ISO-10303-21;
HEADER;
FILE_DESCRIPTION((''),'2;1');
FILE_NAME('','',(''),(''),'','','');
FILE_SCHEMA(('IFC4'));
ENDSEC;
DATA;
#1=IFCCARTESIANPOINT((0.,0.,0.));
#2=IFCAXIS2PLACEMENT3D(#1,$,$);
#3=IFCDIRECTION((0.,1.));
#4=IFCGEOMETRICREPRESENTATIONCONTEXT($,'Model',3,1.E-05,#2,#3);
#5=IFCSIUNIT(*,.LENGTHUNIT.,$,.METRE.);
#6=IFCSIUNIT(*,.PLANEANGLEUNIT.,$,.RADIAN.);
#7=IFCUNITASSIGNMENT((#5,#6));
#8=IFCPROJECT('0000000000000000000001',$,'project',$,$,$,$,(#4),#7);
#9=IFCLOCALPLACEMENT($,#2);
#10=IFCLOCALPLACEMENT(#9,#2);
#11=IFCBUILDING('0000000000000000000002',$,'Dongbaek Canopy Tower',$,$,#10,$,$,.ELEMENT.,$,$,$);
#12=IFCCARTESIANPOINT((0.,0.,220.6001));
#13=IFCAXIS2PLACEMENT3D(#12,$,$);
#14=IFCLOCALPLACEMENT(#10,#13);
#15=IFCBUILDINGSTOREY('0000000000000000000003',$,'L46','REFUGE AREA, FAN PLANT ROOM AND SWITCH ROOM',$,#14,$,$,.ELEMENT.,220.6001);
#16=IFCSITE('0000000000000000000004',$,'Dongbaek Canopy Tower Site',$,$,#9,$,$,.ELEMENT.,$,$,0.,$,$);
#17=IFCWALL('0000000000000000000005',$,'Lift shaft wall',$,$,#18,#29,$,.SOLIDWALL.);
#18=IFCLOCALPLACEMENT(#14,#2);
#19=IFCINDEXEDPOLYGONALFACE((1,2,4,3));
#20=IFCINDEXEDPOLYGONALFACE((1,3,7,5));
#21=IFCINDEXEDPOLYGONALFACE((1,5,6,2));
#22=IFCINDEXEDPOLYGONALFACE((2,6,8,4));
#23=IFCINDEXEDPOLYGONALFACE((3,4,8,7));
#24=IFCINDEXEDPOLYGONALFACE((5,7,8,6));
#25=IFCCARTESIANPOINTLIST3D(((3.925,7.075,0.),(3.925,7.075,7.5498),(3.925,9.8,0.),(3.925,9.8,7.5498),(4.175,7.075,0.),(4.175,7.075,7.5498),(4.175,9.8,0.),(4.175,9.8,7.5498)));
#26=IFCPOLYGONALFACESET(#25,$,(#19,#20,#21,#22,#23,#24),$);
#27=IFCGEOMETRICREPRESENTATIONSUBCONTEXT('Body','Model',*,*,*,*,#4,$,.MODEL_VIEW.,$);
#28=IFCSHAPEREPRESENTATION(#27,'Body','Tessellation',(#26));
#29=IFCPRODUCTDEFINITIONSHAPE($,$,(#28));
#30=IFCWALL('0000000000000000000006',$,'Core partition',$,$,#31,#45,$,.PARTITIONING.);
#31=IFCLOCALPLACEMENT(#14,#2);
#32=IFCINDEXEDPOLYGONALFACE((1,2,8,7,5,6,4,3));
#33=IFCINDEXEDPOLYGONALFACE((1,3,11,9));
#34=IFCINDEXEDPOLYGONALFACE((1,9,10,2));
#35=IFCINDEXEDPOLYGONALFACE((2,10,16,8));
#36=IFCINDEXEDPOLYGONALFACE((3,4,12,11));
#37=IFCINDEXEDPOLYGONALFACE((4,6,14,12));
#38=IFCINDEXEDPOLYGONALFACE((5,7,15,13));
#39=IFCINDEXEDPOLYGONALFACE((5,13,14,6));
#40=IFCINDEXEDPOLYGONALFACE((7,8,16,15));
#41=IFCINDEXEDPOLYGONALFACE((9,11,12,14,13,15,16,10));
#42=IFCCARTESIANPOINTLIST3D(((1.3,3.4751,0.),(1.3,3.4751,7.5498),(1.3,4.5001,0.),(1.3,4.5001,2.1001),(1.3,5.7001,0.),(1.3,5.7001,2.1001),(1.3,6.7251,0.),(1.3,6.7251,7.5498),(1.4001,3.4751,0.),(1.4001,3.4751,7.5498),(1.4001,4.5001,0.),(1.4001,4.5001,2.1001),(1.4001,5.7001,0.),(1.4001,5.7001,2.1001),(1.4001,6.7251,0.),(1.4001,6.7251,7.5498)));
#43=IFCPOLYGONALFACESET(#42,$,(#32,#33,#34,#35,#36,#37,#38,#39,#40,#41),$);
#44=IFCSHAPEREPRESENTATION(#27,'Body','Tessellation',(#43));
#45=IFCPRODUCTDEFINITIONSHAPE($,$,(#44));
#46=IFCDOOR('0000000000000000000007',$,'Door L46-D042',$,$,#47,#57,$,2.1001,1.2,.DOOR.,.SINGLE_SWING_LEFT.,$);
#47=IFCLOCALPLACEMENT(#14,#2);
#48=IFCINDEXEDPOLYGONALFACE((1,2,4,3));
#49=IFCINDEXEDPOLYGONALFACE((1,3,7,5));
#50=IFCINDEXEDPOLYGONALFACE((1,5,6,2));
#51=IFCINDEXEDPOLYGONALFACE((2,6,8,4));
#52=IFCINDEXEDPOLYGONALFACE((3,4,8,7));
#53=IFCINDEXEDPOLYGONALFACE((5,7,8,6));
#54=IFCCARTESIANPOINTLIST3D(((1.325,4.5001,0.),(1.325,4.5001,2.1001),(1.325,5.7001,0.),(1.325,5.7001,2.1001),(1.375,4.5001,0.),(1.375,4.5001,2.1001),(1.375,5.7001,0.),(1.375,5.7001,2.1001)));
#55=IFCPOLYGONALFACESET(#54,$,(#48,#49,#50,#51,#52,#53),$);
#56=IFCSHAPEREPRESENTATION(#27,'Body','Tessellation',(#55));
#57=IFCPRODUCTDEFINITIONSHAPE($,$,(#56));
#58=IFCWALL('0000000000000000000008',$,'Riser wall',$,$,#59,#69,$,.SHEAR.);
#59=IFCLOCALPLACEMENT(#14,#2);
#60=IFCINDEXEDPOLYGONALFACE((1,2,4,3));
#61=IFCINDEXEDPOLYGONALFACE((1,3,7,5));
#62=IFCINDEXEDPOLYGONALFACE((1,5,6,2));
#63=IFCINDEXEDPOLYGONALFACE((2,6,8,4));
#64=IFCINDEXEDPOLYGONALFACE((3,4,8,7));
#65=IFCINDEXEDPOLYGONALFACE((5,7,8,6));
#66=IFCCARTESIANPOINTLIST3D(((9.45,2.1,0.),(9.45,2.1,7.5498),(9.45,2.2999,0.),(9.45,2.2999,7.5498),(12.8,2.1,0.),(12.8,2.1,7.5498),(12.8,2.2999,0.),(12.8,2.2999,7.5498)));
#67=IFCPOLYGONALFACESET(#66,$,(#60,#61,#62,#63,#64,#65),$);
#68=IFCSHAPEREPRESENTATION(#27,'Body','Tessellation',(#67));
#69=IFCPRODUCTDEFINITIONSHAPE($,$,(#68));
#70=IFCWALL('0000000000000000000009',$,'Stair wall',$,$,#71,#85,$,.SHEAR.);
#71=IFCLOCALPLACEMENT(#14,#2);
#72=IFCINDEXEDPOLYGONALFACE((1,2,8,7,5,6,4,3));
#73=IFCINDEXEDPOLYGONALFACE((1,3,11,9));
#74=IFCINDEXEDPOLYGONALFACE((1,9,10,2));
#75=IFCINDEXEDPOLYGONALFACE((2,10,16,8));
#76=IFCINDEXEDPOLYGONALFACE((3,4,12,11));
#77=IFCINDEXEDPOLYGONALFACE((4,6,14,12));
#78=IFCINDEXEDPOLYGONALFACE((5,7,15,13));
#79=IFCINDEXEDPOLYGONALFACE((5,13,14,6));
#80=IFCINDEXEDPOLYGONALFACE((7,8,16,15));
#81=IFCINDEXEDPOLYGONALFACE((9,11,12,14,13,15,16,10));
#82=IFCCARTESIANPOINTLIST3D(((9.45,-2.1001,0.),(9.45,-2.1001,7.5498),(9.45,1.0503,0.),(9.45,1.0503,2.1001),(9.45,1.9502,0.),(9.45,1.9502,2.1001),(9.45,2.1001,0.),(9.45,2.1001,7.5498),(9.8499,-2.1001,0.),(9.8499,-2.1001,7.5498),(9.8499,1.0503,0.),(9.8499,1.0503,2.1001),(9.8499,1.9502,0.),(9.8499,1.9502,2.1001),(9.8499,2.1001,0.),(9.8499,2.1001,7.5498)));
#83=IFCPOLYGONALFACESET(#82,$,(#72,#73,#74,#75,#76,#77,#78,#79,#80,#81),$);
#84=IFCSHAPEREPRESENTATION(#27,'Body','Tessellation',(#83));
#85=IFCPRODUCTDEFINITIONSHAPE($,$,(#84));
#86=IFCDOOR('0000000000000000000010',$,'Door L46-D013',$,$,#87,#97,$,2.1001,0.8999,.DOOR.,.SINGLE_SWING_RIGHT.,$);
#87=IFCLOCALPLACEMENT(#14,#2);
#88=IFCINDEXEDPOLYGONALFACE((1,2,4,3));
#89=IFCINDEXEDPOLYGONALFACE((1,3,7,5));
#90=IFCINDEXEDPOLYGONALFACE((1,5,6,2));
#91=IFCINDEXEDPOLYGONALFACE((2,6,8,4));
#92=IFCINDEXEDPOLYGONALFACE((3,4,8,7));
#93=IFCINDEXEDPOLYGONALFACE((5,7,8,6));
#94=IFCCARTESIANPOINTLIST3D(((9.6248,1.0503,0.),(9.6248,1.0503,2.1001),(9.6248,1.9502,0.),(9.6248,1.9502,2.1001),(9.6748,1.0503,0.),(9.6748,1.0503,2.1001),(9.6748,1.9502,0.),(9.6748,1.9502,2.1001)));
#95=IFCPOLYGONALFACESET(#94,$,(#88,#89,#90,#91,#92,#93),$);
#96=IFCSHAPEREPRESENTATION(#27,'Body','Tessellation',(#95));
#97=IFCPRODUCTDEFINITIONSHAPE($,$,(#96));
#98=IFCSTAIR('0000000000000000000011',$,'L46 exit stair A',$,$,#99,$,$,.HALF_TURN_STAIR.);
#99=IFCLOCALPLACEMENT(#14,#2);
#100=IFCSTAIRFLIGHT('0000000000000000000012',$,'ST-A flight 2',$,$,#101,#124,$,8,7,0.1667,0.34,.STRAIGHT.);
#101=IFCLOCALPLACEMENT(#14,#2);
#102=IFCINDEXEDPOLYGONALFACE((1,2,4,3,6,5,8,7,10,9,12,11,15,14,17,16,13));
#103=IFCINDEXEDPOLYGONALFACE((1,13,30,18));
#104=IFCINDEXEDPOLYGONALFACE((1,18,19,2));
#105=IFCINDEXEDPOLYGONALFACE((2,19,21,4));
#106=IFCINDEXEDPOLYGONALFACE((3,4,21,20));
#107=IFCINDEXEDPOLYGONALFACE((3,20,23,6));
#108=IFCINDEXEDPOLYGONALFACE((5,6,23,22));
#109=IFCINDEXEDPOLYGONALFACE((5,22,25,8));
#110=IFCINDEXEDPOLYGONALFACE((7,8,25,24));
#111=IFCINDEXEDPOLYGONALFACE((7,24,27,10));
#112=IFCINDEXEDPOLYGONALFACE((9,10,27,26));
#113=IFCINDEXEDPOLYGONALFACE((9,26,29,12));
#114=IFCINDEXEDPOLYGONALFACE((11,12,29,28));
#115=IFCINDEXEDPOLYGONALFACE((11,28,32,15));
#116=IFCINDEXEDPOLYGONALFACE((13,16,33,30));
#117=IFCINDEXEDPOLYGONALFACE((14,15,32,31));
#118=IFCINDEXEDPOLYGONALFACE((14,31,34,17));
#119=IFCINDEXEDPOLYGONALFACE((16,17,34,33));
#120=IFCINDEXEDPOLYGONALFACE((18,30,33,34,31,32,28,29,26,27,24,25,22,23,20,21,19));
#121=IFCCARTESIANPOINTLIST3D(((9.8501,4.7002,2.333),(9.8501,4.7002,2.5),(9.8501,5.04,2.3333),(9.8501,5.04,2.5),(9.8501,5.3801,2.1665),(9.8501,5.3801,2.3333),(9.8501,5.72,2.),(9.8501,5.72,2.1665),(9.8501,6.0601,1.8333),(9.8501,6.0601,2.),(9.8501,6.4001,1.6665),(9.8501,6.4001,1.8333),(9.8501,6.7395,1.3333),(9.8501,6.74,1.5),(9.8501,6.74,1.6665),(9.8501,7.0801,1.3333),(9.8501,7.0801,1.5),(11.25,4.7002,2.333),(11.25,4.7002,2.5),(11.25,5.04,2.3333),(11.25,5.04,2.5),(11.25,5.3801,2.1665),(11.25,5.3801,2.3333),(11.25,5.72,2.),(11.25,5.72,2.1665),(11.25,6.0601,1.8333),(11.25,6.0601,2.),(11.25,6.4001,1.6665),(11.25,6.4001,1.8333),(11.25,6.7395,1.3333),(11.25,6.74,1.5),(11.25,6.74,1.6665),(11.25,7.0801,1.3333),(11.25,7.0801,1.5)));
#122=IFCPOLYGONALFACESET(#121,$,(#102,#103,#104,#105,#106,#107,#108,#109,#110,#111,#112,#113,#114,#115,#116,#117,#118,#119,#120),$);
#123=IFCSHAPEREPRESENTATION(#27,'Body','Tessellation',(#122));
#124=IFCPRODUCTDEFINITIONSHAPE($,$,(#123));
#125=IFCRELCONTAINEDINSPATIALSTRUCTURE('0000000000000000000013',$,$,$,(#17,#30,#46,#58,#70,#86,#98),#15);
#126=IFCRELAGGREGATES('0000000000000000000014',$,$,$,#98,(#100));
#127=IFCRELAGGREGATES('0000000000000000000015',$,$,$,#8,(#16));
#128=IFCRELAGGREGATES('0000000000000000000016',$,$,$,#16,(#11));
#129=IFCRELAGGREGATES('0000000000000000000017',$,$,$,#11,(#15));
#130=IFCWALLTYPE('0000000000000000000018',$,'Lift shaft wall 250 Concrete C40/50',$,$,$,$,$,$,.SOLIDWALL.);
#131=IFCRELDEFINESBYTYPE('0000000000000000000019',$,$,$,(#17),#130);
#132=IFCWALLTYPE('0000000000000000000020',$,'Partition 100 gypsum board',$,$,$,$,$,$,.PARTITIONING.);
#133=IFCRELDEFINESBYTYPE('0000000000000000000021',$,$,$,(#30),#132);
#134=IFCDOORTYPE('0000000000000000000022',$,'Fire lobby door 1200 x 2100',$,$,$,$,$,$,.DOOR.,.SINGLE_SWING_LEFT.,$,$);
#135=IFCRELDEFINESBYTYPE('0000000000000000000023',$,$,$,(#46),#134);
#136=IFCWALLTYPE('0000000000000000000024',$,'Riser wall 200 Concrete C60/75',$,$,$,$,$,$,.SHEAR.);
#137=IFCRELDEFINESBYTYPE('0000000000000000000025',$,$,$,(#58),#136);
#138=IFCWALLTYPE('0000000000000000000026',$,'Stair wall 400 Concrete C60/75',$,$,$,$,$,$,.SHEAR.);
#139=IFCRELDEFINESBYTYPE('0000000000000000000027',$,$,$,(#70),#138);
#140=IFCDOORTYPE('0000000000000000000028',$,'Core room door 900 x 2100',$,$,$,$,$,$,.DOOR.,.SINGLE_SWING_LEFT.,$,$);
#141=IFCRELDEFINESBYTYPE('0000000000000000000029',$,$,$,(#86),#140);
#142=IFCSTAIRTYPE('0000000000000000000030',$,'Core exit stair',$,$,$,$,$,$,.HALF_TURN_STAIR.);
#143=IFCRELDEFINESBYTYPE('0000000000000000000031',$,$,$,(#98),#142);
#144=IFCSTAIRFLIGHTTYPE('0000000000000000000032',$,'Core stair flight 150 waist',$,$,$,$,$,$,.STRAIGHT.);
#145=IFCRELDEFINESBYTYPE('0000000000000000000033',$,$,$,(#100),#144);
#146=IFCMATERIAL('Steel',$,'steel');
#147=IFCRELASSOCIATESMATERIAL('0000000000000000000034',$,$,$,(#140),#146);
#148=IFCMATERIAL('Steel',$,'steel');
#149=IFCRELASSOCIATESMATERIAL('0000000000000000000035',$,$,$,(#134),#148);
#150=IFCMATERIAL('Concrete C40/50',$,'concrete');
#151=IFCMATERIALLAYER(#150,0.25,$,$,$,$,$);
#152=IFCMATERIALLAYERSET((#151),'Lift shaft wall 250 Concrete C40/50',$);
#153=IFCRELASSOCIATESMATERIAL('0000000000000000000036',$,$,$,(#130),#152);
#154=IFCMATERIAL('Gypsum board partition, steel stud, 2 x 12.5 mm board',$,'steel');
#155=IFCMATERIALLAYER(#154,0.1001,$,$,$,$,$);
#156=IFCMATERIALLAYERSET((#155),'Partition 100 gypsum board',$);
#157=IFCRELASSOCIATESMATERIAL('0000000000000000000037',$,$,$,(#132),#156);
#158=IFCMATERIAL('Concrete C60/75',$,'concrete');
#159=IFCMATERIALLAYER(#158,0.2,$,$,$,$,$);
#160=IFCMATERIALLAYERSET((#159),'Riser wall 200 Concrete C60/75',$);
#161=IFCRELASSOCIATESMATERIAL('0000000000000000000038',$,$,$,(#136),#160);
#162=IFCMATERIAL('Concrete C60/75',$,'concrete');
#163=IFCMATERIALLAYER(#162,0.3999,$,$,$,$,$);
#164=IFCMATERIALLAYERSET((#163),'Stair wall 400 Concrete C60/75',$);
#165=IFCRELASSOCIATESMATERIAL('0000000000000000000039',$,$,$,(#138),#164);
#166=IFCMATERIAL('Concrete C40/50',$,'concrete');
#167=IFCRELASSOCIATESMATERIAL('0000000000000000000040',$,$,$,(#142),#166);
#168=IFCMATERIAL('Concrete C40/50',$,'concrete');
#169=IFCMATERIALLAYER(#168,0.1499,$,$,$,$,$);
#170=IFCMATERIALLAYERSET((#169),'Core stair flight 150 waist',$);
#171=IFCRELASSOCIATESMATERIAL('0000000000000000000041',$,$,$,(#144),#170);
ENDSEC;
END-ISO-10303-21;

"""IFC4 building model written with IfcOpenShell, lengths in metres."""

from ifc_helpers import new_model, si_unit, direction, frame, frame_2d, origin, place, context, subcontext, project, spatial, polyline, rectangle, outline, extrude, material, layer, layer_set, type_object, element, fill, aggregate, save


model = new_model("IFC4")

# Units and contexts
model_context = context("Model", 3, precision=1e-05, world=origin(), true_north=direction((0.0, 1.0)))
body_context = subcontext(model_context, "Body", "Model", "MODEL_VIEW")
ifc_project = project(units=[si_unit("LENGTHUNIT", "METRE"), si_unit("PLANEANGLEUNIT", "RADIAN")], contexts=[model_context])

# Site, building, storey
site_placement = place(None, origin())
site = spatial("IfcSite", under=ifc_project, at=site_placement, Name="Dongbaek Canopy Tower Site", CompositionType="ELEMENT", RefElevation=0.0)
building_placement = place(site_placement, origin())
building = spatial("IfcBuilding", under=site, at=building_placement, Name="Dongbaek Canopy Tower", CompositionType="ELEMENT")
storey_placement = place(building_placement, frame((0.0, 0.0, 220.6001)))
storey = spatial("IfcBuildingStorey", under=building, at=storey_placement, Name="L46", Description="REFUGE AREA, FAN PLANT ROOM AND SWITCH ROOM", CompositionType="ELEMENT", Elevation=220.6001)

# Shared definitions
ifc_material_1 = material(Name="Steel", Category="steel")
door_type_1 = type_object("IfcDoorType", Name="Core room door 900 x 2100", OperationType="SINGLE_SWING_LEFT", PredefinedType="DOOR", material=ifc_material_1)

# Shared definitions
ifc_material_2 = material(Name="Steel", Category="steel")
door_type_2 = type_object("IfcDoorType", Name="Fire lobby door 1200 x 2100", OperationType="SINGLE_SWING_LEFT", PredefinedType="DOOR", material=ifc_material_2)

# Wall
ifc_material_3 = material(Name="Concrete C40/50", Category="concrete")
ifc_layer_1 = layer(ifc_material_3, 0.25)
ifc_layer_set_1 = layer_set([ifc_layer_1], Name="Lift shaft wall 250 Concrete C40/50")
wall_type_1 = type_object("IfcWallType", Name="Lift shaft wall 250 Concrete C40/50", PredefinedType="SOLIDWALL", material=ifc_layer_set_1)
for number, where, z_axis, x_axis, name in (
    (1, (4.05, 7.075, 0.0), (0.0, 0.0, 1.0), (0.0, 1.0, 0.0), "Lift shaft wall"),
):
    element("IfcWall", number, at=place(storey_placement, frame(where, z_axis=z_axis, x_axis=x_axis)), inside=storey, type_object=wall_type_1, Name=name, PredefinedType="SOLIDWALL", context=body_context, shape_type="SweptSolid", body=[
        extrude(rectangle(XDim=2.7251, YDim=0.25, at=frame_2d((1.3625, 0.0))), origin(), (0.0, 0.0, 1.0), 7.5498),
    ])

# Wall, opening, door
ifc_material_4 = material(Name="Gypsum board partition, steel stud, 2 x 12.5 mm board", Category="steel")
ifc_layer_2 = layer(ifc_material_4, 0.1001)
ifc_layer_set_2 = layer_set([ifc_layer_2], Name="Partition 100 gypsum board")
wall_type_2 = type_object("IfcWallType", Name="Partition 100 gypsum board", PredefinedType="PARTITIONING", material=ifc_layer_set_2)
wall_1_placement = place(storey_placement, frame((1.3501, 6.7251, 0.0), z_axis=(0.0, 0.0, 1.0), x_axis=(0.0, -1.0, 0.0)))
wall_1 = element("IfcWall", 2, at=wall_1_placement, inside=storey, type_object=wall_type_2, Name="Core partition", PredefinedType="PARTITIONING", context=body_context, shape_type="SweptSolid", body=[
    extrude(rectangle(XDim=3.25, YDim=0.1001, at=frame_2d((1.625, 0.0))), origin(), (0.0, 0.0, 1.0), 7.5498),
])
opening_1_placement = place(wall_1_placement, frame((1.0249, 0.0, 0.0)))
opening_1 = element("IfcOpeningElement", 3, at=opening_1_placement, cuts=wall_1, PredefinedType="OPENING", context=body_context, shape_type="SweptSolid", body=[
    extrude(rectangle(XDim=1.2, YDim=2.1001, at=frame_2d((0.6001, 1.05))), frame((0.0, 0.0601, 0.0), z_axis=(0.0, -1.0, 0.0), x_axis=(1.0, 0.0, 0.0)), (0.0, 0.0, 1.0), 0.1201),
])
door_1_placement = place(opening_1_placement, origin())
door_1 = element("IfcDoor", 4, at=door_1_placement, inside=storey, type_object=door_type_2, Name="Door L46-D042", OperationType="SINGLE_SWING_LEFT", OverallHeight=2.1001, OverallWidth=1.2, PredefinedType="DOOR", context=body_context, shape_type="SweptSolid", body=[
    extrude(rectangle(XDim=1.2, YDim=2.1001, at=frame_2d((0.6001, 1.05))), frame((0.0, 0.0249, 0.0), z_axis=(0.0, -1.0, 0.0), x_axis=(1.0, 0.0, 0.0)), (0.0, 0.0, 1.0), 0.05),
])
fill(opening_1, door_1)

# Wall
ifc_material_5 = material(Name="Concrete C60/75", Category="concrete")
ifc_layer_3 = layer(ifc_material_5, 0.2)
ifc_layer_set_3 = layer_set([ifc_layer_3], Name="Riser wall 200 Concrete C60/75")
wall_type_3 = type_object("IfcWallType", Name="Riser wall 200 Concrete C60/75", PredefinedType="SHEAR", material=ifc_layer_set_3)
wall_2_placement = place(storey_placement, frame((9.45, 2.2, 0.0), z_axis=(0.0, 0.0, 1.0), x_axis=(1.0, 0.0, 0.0)))
element("IfcWall", 5, at=wall_2_placement, inside=storey, type_object=wall_type_3, Name="Riser wall", PredefinedType="SHEAR", context=body_context, shape_type="SweptSolid", body=[
    extrude(rectangle(XDim=3.3501, YDim=0.2, at=frame_2d((1.675, 0.0))), origin(), (0.0, 0.0, 1.0), 7.5498),
])

# Wall, opening, door
ifc_material_6 = material(Name="Concrete C60/75", Category="concrete")
ifc_layer_4 = layer(ifc_material_6, 0.3999)
ifc_layer_set_4 = layer_set([ifc_layer_4], Name="Stair wall 400 Concrete C60/75")
wall_type_4 = type_object("IfcWallType", Name="Stair wall 400 Concrete C60/75", PredefinedType="SHEAR", material=ifc_layer_set_4)
wall_3_placement = place(storey_placement, frame((9.6499, 2.1001, 0.0), z_axis=(0.0, 0.0, 1.0), x_axis=(0.0, -1.0, 0.0)))
wall_3 = element("IfcWall", 6, at=wall_3_placement, inside=storey, type_object=wall_type_4, Name="Stair wall", PredefinedType="SHEAR", context=body_context, shape_type="SweptSolid", body=[
    extrude(rectangle(XDim=4.2002, YDim=0.3999, at=frame_2d((2.1001, 0.0))), origin(), (0.0, 0.0, 1.0), 7.5498),
])
opening_2_placement = place(wall_3_placement, frame((0.1499, 0.0, 0.0)))
opening_2 = element("IfcOpeningElement", 7, at=opening_2_placement, cuts=wall_3, PredefinedType="OPENING", context=body_context, shape_type="SweptSolid", body=[
    extrude(rectangle(XDim=0.8999, YDim=2.1001, at=frame_2d((0.45, 1.05))), frame((0.0, 0.21, 0.0), z_axis=(0.0, -1.0, 0.0), x_axis=(1.0, 0.0, 0.0)), (0.0, 0.0, 1.0), 0.4199),
])
door_2_placement = place(opening_2_placement, origin())
door_2 = element("IfcDoor", 8, at=door_2_placement, inside=storey, type_object=door_type_1, Name="Door L46-D013", OperationType="SINGLE_SWING_RIGHT", OverallHeight=2.1001, OverallWidth=0.8999, PredefinedType="DOOR", context=body_context, shape_type="SweptSolid", body=[
    extrude(rectangle(XDim=0.8999, YDim=2.1001, at=frame_2d((0.45, 1.05))), frame((0.0, 0.0249, 0.0), z_axis=(0.0, -1.0, 0.0), x_axis=(1.0, 0.0, 0.0)), (0.0, 0.0, 1.0), 0.05),
])
fill(opening_2, door_2)

# Stair, stair flight
ifc_material_7 = material(Name="Concrete C40/50", Category="concrete")
stair_type = type_object("IfcStairType", Name="Core exit stair", PredefinedType="HALF_TURN_STAIR", material=ifc_material_7)
stair_placement = place(storey_placement, origin())
stair = element("IfcStair", 9, at=stair_placement, inside=storey, type_object=stair_type, Name="L46 exit stair A", PredefinedType="HALF_TURN_STAIR")
ifc_material_8 = material(Name="Concrete C40/50", Category="concrete")
ifc_layer_5 = layer(ifc_material_8, 0.1499)
ifc_layer_set_5 = layer_set([ifc_layer_5], Name="Core stair flight 150 waist")
stair_flight_type = type_object("IfcStairFlightType", Name="Core stair flight 150 waist", PredefinedType="STRAIGHT", material=ifc_layer_set_5)
stair_flight_placement = place(storey_placement, frame((10.55, 7.0801, 1.3333), z_axis=(0.0, 0.0, 1.0), x_axis=(0.0, -1.0, 0.0)))
stair_flight = element("IfcStairFlight", 10, at=stair_flight_placement, type_object=stair_flight_type, Name="ST-A flight 2", NumberOfRisers=8, NumberOfTreads=7, PredefinedType="STRAIGHT", RiserHeight=0.1667, TreadLength=0.34, context=body_context, shape_type="SweptSolid", body=[
    extrude(outline(polyline([(0.0, 0.0), (0.0, 0.1667), (0.3401, 0.1667), (0.3401, 0.3333), (0.6799, 0.3333), (0.6799, 0.5), (1.02, 0.5), (1.02, 0.6667), (1.3601, 0.6667), (1.3601, 0.8333), (1.7, 0.8333), (1.7, 1.0), (2.04, 1.0), (2.04, 1.1667), (2.3799, 1.1667), (2.3799, 1.3333), (2.3799, 0.9998), (0.3406, 0.0), (0.0, 0.0)])), frame((0.0, 0.7, 0.0), z_axis=(0.0, -1.0, 0.0), x_axis=(1.0, 0.0, 0.0)), (0.0, 0.0, 1.0), 1.3999),
])
aggregate(stair, [stair_flight])

save(model, "model.ifc")
